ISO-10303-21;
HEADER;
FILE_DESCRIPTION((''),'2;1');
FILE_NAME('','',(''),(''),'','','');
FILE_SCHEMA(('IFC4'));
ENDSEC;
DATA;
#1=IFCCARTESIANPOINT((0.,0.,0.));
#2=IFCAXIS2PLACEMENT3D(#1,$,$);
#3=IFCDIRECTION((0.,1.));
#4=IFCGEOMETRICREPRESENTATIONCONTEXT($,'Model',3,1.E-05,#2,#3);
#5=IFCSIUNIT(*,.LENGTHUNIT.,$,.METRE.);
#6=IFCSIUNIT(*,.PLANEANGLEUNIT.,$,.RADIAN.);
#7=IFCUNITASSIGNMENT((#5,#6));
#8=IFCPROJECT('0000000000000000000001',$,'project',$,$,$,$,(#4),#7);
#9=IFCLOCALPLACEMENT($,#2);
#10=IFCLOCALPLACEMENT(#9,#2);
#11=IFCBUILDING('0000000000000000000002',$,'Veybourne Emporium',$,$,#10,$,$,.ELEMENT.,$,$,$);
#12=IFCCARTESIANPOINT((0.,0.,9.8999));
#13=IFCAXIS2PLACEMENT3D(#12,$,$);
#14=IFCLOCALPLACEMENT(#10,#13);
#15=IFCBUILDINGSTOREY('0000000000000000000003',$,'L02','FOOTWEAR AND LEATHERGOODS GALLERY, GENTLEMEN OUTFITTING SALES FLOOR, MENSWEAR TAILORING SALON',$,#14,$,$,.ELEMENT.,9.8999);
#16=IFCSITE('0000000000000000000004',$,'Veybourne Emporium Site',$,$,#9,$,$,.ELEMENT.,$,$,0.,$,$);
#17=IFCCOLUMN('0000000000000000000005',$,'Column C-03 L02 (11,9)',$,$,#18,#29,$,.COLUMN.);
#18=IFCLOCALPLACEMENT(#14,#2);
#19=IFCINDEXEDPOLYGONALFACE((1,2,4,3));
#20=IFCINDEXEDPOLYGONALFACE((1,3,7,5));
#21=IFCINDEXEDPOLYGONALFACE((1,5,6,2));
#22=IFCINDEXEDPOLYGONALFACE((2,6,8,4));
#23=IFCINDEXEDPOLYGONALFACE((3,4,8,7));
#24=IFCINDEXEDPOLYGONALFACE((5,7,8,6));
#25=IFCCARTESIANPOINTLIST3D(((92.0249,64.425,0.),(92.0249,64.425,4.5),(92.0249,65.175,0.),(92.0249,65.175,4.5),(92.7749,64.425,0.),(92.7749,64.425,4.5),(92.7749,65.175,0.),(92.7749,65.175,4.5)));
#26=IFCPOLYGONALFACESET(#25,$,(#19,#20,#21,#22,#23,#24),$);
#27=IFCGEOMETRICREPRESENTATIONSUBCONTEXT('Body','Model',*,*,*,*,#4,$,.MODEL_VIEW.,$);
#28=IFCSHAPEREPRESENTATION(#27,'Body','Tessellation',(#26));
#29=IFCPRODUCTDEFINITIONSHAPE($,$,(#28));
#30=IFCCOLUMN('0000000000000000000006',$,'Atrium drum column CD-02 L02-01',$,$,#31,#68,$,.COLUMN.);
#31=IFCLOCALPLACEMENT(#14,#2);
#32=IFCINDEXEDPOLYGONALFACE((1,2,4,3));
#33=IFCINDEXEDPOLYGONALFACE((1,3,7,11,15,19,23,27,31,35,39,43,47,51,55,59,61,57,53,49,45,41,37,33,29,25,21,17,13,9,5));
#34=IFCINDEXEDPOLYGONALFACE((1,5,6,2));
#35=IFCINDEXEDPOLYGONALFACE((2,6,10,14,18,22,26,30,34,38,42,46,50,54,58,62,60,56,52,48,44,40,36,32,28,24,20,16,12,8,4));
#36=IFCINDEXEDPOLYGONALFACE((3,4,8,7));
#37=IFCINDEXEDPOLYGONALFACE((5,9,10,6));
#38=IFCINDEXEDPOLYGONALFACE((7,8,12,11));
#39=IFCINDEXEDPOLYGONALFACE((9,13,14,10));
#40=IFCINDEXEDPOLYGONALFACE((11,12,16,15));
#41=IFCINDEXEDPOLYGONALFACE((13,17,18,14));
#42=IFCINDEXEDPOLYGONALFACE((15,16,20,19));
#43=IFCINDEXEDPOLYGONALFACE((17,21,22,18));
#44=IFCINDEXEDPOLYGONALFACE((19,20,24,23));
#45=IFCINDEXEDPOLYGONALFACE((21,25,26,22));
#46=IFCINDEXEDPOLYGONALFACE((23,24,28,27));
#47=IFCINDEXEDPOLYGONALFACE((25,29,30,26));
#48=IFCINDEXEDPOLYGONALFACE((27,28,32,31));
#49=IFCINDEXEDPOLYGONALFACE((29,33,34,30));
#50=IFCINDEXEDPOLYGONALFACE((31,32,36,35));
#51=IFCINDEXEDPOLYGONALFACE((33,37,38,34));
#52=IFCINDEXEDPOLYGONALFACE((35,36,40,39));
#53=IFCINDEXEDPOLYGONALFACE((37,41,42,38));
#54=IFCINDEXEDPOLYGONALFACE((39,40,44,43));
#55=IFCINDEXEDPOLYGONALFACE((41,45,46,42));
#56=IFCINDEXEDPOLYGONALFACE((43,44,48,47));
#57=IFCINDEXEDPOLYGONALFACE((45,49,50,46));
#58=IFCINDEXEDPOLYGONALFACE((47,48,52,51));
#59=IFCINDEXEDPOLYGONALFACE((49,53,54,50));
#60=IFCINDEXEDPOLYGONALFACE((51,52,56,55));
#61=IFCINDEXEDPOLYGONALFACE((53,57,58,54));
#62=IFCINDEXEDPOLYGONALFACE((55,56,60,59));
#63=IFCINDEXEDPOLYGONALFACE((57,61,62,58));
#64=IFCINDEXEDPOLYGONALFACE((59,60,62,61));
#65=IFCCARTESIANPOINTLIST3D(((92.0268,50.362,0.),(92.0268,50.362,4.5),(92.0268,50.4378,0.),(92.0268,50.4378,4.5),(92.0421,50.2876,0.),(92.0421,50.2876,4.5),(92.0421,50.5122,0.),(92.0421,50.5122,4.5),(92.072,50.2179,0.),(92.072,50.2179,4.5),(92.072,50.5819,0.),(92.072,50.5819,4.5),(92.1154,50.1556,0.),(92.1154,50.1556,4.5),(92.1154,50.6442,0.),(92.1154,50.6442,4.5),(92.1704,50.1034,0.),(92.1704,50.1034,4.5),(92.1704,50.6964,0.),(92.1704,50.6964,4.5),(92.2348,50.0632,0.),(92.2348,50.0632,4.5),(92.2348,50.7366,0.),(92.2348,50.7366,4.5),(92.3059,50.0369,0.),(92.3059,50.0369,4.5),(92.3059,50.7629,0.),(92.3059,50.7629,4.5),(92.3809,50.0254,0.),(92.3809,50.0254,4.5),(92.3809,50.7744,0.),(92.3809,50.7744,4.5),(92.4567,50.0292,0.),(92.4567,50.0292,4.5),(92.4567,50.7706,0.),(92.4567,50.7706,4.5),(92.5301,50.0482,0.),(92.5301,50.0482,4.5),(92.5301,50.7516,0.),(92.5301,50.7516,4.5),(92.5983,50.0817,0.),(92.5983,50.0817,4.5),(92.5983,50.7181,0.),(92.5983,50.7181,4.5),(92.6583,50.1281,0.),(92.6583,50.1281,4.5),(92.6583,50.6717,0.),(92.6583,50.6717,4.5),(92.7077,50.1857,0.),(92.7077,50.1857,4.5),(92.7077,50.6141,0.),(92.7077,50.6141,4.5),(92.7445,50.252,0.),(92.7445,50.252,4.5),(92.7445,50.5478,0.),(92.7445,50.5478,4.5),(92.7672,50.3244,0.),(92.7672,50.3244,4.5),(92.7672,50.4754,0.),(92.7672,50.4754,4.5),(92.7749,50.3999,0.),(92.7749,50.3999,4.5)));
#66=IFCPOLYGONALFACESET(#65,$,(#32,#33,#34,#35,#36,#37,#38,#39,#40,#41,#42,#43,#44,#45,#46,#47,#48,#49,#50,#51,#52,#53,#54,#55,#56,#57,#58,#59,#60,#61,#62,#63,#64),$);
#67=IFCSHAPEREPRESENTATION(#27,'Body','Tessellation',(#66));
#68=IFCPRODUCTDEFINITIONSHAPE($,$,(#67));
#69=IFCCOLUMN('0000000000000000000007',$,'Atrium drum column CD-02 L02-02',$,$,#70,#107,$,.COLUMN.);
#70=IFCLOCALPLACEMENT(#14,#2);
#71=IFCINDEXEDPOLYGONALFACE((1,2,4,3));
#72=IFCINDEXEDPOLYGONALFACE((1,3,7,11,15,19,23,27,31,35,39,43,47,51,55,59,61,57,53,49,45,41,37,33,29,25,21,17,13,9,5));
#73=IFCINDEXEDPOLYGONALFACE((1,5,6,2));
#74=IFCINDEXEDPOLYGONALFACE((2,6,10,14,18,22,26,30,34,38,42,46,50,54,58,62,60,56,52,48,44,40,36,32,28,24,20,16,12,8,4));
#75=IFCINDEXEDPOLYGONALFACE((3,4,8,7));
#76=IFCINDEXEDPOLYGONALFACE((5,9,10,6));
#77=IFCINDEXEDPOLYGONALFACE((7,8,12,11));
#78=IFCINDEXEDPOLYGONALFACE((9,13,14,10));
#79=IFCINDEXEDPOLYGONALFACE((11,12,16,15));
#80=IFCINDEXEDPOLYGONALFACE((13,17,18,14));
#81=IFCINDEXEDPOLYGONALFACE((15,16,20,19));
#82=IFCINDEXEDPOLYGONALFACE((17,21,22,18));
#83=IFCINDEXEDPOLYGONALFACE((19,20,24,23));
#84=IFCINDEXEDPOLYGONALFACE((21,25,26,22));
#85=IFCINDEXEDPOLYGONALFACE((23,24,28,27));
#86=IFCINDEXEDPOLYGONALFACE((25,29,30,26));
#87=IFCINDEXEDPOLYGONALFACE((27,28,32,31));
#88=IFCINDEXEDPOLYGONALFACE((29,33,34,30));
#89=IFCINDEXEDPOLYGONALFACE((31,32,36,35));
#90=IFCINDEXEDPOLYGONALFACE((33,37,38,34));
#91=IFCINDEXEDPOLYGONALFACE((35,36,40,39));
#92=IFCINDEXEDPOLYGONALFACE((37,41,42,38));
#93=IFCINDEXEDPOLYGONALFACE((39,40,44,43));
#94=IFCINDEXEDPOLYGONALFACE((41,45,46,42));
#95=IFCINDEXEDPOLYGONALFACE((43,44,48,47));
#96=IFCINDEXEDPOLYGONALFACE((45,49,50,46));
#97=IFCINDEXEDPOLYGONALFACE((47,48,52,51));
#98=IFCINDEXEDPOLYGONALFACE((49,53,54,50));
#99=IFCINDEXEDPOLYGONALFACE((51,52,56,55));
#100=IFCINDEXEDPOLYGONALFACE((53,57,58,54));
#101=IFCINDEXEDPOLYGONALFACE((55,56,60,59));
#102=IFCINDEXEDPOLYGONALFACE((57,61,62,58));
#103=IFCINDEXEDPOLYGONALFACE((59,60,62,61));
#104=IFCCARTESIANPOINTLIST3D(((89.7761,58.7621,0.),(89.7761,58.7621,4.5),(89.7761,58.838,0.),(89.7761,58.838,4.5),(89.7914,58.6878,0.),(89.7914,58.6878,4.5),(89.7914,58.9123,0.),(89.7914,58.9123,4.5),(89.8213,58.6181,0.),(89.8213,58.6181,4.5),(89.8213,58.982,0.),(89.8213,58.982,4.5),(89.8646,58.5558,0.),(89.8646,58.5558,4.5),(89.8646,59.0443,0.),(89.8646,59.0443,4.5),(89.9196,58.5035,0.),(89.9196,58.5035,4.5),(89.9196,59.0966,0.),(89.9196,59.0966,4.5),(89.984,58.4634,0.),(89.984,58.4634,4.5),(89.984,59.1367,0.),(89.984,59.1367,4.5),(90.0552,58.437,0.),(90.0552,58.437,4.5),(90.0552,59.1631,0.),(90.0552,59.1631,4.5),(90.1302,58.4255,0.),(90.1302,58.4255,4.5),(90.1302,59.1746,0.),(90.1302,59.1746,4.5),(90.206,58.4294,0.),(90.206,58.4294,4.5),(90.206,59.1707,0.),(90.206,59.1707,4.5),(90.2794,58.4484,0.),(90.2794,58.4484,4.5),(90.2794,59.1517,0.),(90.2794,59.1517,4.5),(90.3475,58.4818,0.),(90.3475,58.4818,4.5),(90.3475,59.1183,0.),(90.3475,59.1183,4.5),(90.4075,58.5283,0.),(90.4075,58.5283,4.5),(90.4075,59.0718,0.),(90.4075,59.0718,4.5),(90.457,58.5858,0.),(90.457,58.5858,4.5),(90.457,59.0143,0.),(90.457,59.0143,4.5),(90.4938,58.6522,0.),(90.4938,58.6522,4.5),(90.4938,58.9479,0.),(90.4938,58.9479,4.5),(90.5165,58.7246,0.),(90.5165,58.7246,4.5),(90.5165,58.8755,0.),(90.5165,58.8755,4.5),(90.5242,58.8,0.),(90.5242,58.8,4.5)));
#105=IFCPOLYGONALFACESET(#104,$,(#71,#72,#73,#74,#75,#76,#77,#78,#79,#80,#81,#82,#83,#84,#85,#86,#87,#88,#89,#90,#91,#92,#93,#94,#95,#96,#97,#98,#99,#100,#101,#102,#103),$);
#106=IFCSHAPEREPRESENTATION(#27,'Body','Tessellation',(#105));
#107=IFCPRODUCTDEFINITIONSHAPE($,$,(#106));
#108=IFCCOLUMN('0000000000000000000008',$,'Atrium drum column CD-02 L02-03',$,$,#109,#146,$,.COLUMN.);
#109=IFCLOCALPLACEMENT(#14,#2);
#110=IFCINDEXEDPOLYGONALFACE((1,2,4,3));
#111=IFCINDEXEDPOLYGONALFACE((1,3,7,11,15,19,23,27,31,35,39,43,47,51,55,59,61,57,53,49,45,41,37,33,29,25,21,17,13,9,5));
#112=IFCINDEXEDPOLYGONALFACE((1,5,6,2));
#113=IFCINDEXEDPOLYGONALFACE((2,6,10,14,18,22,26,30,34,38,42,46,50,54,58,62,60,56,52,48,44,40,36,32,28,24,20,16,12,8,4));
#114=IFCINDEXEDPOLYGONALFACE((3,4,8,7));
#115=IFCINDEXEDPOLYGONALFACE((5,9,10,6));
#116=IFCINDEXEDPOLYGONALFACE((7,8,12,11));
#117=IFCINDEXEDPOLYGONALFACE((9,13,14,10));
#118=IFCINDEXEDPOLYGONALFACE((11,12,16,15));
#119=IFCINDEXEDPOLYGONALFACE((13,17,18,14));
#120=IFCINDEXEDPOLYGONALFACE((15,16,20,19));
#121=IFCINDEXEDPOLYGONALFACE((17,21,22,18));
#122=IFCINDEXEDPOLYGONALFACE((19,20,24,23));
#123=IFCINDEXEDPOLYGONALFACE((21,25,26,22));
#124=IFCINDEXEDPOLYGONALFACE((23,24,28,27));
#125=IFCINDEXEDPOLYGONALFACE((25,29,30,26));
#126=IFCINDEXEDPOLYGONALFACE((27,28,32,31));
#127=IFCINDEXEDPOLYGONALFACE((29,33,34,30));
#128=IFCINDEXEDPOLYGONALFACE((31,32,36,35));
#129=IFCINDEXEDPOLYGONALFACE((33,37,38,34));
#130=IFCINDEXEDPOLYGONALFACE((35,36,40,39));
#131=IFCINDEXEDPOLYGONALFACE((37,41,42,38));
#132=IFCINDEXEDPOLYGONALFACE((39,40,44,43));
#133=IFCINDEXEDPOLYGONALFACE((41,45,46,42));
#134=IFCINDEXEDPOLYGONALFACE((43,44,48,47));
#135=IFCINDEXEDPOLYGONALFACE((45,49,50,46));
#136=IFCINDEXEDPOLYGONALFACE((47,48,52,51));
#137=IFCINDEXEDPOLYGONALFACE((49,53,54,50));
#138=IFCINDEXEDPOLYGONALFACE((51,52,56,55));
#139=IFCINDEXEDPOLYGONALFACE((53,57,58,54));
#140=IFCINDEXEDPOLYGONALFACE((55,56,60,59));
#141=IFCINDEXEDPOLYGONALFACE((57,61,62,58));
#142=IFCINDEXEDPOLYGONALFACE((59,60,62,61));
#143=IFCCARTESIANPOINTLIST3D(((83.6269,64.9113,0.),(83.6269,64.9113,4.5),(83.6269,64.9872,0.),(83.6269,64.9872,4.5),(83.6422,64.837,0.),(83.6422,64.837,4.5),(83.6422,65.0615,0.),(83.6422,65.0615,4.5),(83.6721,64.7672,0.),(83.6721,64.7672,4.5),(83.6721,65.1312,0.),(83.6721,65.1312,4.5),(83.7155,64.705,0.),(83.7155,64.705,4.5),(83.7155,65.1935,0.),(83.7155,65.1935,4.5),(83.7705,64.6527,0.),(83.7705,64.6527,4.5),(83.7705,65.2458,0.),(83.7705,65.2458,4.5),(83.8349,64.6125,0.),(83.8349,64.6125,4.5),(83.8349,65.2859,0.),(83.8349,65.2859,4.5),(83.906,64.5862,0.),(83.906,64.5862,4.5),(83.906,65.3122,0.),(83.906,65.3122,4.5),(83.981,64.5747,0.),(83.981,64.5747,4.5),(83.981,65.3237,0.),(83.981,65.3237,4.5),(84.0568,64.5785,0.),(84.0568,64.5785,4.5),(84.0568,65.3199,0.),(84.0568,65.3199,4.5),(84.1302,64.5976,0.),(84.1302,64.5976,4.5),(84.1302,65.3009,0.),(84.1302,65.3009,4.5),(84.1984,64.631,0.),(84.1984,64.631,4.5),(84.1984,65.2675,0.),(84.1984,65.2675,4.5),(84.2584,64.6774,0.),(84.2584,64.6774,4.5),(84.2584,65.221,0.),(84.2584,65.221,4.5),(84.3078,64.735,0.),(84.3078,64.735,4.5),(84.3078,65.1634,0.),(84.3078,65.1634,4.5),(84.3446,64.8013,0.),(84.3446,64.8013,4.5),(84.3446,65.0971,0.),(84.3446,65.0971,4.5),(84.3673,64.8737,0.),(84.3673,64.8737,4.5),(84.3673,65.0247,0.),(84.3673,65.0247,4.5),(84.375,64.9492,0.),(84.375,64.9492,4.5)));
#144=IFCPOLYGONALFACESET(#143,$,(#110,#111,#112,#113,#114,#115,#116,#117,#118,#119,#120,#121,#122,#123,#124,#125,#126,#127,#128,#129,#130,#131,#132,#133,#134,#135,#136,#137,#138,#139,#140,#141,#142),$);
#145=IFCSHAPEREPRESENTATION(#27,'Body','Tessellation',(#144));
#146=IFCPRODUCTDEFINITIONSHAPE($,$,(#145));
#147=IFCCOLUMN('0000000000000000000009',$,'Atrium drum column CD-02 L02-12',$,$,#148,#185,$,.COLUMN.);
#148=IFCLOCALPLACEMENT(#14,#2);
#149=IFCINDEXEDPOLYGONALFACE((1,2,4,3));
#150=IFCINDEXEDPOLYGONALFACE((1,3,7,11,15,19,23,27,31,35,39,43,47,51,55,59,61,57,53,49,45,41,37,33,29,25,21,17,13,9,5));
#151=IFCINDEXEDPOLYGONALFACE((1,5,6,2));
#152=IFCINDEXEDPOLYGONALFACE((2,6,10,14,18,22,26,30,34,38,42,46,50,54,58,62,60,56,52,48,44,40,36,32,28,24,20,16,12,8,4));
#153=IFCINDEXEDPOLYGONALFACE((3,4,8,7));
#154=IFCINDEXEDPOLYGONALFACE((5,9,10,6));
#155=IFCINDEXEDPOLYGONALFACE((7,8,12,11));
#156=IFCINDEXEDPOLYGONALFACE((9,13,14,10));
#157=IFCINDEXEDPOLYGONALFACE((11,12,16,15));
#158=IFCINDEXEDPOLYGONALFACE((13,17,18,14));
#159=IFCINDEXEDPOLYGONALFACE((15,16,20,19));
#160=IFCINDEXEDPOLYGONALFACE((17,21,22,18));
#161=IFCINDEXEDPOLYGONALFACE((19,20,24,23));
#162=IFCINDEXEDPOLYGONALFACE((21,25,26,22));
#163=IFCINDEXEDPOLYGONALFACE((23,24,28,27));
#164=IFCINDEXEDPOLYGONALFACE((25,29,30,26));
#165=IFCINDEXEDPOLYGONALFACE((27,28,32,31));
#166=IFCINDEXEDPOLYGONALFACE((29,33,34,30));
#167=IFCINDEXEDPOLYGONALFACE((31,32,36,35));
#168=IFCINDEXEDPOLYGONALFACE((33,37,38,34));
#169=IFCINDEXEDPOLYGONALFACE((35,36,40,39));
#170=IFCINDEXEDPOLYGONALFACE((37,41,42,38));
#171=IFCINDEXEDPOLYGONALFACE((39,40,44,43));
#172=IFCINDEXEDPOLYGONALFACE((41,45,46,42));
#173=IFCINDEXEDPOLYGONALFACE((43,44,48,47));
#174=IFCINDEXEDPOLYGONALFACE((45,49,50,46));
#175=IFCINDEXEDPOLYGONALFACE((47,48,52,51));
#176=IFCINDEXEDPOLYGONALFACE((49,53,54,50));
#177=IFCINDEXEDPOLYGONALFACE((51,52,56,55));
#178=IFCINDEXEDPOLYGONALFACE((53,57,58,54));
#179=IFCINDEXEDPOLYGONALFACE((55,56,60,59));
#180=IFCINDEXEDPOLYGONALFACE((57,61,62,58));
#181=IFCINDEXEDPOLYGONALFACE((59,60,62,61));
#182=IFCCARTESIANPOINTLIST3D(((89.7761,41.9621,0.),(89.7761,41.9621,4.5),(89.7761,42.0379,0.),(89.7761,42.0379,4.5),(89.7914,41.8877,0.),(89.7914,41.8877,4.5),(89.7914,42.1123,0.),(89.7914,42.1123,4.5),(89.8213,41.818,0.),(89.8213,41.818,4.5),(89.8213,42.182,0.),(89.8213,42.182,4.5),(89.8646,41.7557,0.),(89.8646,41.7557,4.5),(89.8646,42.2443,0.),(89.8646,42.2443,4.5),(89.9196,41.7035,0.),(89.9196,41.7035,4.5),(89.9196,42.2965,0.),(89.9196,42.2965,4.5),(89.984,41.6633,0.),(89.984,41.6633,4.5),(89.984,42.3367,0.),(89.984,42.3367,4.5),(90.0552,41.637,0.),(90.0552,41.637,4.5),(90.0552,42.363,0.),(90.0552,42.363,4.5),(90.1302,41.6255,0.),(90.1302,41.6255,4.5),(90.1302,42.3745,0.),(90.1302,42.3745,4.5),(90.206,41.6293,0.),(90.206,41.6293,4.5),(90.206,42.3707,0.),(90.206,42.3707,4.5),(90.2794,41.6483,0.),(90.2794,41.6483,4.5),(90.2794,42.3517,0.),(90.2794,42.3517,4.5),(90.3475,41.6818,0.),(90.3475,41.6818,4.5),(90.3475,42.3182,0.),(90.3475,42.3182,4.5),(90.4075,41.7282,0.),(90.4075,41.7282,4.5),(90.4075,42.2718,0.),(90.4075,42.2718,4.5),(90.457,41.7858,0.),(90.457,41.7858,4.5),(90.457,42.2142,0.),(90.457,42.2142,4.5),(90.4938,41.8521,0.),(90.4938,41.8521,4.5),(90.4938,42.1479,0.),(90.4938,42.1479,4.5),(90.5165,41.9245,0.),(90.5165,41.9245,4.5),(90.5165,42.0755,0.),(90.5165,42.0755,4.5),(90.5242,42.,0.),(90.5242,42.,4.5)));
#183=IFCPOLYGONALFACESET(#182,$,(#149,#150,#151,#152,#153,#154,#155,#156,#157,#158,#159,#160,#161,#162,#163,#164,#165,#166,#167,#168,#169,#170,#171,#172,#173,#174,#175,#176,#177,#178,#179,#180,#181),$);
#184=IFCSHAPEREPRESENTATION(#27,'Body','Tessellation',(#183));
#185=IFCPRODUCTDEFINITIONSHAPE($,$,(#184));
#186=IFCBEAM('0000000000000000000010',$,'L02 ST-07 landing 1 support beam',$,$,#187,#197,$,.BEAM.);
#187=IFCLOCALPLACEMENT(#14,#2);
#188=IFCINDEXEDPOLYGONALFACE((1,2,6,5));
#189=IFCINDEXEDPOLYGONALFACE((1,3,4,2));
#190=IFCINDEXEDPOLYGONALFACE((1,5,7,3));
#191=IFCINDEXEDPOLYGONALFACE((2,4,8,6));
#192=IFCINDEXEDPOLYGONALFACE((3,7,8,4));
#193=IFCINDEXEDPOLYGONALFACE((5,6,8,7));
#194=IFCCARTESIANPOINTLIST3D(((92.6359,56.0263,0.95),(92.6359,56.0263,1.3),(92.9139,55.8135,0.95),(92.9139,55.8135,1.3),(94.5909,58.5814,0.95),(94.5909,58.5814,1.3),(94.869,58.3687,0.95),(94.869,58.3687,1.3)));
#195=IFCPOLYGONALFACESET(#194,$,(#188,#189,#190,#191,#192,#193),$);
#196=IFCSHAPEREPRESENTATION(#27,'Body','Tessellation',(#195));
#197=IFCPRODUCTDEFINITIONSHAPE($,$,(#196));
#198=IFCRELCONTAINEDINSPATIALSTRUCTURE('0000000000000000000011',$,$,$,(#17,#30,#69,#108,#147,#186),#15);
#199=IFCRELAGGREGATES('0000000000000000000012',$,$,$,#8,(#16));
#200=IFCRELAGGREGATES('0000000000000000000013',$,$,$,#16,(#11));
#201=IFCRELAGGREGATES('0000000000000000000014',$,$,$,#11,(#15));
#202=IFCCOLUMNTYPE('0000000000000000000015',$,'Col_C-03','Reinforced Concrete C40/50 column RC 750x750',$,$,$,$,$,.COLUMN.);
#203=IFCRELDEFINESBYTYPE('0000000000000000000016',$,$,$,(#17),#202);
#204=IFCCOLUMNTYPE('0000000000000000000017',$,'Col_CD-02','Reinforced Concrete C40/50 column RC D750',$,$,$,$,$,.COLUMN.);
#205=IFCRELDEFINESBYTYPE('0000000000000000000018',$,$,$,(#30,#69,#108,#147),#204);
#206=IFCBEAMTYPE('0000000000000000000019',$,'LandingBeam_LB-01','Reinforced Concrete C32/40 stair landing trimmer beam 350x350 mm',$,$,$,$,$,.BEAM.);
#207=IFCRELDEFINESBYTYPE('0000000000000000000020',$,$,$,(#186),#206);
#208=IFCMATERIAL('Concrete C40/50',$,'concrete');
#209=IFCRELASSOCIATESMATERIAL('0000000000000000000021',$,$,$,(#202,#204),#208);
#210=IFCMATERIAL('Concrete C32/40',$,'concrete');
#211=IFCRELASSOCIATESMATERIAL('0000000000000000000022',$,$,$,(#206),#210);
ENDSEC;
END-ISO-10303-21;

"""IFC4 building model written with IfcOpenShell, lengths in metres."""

from ifc_helpers import new_model, si_unit, direction, frame, origin, origin_2d, place, context, subcontext, project, spatial, rectangle, circle, extrude, material, material_profile, profile_set, type_object, element, save


model = new_model("IFC4")

# Units and contexts
model_context = context("Model", 3, precision=1e-05, world=origin(), true_north=direction((0.0, 1.0)))
body_context = subcontext(model_context, "Body", "Model", "MODEL_VIEW")
ifc_project = project(units=[si_unit("LENGTHUNIT", "METRE"), si_unit("PLANEANGLEUNIT", "RADIAN")], contexts=[model_context])

# Site, building, storey
site_placement = place(None, origin())
site = spatial("IfcSite", under=ifc_project, at=site_placement, Name="Veybourne Emporium Site", CompositionType="ELEMENT", RefElevation=0.0)
building_placement = place(site_placement, origin())
building = spatial("IfcBuilding", under=site, at=building_placement, Name="Veybourne Emporium", CompositionType="ELEMENT")
storey_placement = place(building_placement, frame((0.0, 0.0, 9.8999)))
storey = spatial("IfcBuildingStorey", under=building, at=storey_placement, Name="L02", Description="FOOTWEAR AND LEATHERGOODS GALLERY, GENTLEMEN OUTFITTING SALES FLOOR, MENSWEAR TAILORING SALON", CompositionType="ELEMENT", Elevation=9.8999)

# Columns
ifc_material_1 = material(Name="Concrete C40/50", Category="concrete")
ifc_material_profile_1 = material_profile(ifc_material_1, rectangle(XDim=0.75, YDim=0.75, at=origin_2d()), Name="RC 750x750")
ifc_profile_set_1 = profile_set([ifc_material_profile_1], Name="Concrete C40/50")
column_type_1 = type_object("IfcColumnType", Name="Col_C-03", Description="Reinforced Concrete C40/50 column RC 750x750", PredefinedType="COLUMN", material=ifc_profile_set_1)
column_placement = place(storey_placement, frame((92.3999, 64.8, 0.0), z_axis=(0.0, 0.0, 1.0), x_axis=(1.0, 0.0, 0.0)))
element("IfcColumn", 1, at=column_placement, inside=storey, type_object=column_type_1, Name="Column C-03 L02 (11,9)", PredefinedType="COLUMN", context=body_context, shape_type="SweptSolid", body=[
    extrude(rectangle(XDim=0.75, YDim=0.75, at=origin_2d()), origin(), (0.0, 0.0, 1.0), 4.5),
])
ifc_material_profile_2 = material_profile(ifc_material_1, circle(Radius=0.375, at=origin_2d()), Name="RC D750")
ifc_profile_set_2 = profile_set([ifc_material_profile_2], Name="Concrete C40/50")
column_type_2 = type_object("IfcColumnType", Name="Col_CD-02", Description="Reinforced Concrete C40/50 column RC D750", PredefinedType="COLUMN", material=ifc_profile_set_2)
for number, where, z_axis, x_axis, name in (
    (2, (92.3999, 50.3999, 0.0), (0.0, 0.0, 1.0), (1.0, 0.0, 0.0), "Atrium drum column CD-02 L02-01"),
    (3, (90.1492, 58.8, 0.0), (0.0, 0.0, 1.0), (1.0, 0.0, 0.0), "Atrium drum column CD-02 L02-02"),
    (4, (84.0, 64.9492, 0.0), (0.0, 0.0, 1.0), (1.0, 0.0, 0.0), "Atrium drum column CD-02 L02-03"),
    (5, (90.1492, 42.0, 0.0), (0.0, 0.0, 1.0), (1.0, 0.0, 0.0), "Atrium drum column CD-02 L02-12"),
):
    element("IfcColumn", number, at=place(storey_placement, frame(where, z_axis=z_axis, x_axis=x_axis)), inside=storey, type_object=column_type_2, Name=name, PredefinedType="COLUMN", context=body_context, shape_type="SweptSolid", body=[
        extrude(circle(Radius=0.375, at=origin_2d()), origin(), (0.0, 0.0, 1.0), 4.5),
    ])

# Beam
ifc_material_2 = material(Name="Concrete C32/40", Category="concrete")
ifc_material_profile_3 = material_profile(ifc_material_2, rectangle(XDim=0.3501, YDim=0.3501, at=origin_2d()), Name="RC 350x350")
ifc_profile_set_3 = profile_set([ifc_material_profile_3], Name="Concrete C32/40")
beam_type_1 = type_object("IfcBeamType", Name="LandingBeam_LB-01", Description="Reinforced Concrete C32/40 stair landing trimmer beam 350x350 mm", PredefinedType="BEAM", material=ifc_profile_set_3)
beam_1_placement = place(storey_placement, frame((92.7749, 55.9199, 1.125), z_axis=(0.60767, 0.79419, 0.0), x_axis=(-0.79419, 0.60767, 0.0)))
element("IfcBeam", 6, at=beam_1_placement, inside=storey, type_object=beam_type_1, Name="L02 ST-07 landing 1 support beam", PredefinedType="BEAM", context=body_context, shape_type="SweptSolid", body=[
    extrude(rectangle(XDim=0.3501, YDim=0.3501, at=origin_2d()), origin(), (0.0, 0.0, 1.0), 3.2173),
])

save(model, "model.ifc")
